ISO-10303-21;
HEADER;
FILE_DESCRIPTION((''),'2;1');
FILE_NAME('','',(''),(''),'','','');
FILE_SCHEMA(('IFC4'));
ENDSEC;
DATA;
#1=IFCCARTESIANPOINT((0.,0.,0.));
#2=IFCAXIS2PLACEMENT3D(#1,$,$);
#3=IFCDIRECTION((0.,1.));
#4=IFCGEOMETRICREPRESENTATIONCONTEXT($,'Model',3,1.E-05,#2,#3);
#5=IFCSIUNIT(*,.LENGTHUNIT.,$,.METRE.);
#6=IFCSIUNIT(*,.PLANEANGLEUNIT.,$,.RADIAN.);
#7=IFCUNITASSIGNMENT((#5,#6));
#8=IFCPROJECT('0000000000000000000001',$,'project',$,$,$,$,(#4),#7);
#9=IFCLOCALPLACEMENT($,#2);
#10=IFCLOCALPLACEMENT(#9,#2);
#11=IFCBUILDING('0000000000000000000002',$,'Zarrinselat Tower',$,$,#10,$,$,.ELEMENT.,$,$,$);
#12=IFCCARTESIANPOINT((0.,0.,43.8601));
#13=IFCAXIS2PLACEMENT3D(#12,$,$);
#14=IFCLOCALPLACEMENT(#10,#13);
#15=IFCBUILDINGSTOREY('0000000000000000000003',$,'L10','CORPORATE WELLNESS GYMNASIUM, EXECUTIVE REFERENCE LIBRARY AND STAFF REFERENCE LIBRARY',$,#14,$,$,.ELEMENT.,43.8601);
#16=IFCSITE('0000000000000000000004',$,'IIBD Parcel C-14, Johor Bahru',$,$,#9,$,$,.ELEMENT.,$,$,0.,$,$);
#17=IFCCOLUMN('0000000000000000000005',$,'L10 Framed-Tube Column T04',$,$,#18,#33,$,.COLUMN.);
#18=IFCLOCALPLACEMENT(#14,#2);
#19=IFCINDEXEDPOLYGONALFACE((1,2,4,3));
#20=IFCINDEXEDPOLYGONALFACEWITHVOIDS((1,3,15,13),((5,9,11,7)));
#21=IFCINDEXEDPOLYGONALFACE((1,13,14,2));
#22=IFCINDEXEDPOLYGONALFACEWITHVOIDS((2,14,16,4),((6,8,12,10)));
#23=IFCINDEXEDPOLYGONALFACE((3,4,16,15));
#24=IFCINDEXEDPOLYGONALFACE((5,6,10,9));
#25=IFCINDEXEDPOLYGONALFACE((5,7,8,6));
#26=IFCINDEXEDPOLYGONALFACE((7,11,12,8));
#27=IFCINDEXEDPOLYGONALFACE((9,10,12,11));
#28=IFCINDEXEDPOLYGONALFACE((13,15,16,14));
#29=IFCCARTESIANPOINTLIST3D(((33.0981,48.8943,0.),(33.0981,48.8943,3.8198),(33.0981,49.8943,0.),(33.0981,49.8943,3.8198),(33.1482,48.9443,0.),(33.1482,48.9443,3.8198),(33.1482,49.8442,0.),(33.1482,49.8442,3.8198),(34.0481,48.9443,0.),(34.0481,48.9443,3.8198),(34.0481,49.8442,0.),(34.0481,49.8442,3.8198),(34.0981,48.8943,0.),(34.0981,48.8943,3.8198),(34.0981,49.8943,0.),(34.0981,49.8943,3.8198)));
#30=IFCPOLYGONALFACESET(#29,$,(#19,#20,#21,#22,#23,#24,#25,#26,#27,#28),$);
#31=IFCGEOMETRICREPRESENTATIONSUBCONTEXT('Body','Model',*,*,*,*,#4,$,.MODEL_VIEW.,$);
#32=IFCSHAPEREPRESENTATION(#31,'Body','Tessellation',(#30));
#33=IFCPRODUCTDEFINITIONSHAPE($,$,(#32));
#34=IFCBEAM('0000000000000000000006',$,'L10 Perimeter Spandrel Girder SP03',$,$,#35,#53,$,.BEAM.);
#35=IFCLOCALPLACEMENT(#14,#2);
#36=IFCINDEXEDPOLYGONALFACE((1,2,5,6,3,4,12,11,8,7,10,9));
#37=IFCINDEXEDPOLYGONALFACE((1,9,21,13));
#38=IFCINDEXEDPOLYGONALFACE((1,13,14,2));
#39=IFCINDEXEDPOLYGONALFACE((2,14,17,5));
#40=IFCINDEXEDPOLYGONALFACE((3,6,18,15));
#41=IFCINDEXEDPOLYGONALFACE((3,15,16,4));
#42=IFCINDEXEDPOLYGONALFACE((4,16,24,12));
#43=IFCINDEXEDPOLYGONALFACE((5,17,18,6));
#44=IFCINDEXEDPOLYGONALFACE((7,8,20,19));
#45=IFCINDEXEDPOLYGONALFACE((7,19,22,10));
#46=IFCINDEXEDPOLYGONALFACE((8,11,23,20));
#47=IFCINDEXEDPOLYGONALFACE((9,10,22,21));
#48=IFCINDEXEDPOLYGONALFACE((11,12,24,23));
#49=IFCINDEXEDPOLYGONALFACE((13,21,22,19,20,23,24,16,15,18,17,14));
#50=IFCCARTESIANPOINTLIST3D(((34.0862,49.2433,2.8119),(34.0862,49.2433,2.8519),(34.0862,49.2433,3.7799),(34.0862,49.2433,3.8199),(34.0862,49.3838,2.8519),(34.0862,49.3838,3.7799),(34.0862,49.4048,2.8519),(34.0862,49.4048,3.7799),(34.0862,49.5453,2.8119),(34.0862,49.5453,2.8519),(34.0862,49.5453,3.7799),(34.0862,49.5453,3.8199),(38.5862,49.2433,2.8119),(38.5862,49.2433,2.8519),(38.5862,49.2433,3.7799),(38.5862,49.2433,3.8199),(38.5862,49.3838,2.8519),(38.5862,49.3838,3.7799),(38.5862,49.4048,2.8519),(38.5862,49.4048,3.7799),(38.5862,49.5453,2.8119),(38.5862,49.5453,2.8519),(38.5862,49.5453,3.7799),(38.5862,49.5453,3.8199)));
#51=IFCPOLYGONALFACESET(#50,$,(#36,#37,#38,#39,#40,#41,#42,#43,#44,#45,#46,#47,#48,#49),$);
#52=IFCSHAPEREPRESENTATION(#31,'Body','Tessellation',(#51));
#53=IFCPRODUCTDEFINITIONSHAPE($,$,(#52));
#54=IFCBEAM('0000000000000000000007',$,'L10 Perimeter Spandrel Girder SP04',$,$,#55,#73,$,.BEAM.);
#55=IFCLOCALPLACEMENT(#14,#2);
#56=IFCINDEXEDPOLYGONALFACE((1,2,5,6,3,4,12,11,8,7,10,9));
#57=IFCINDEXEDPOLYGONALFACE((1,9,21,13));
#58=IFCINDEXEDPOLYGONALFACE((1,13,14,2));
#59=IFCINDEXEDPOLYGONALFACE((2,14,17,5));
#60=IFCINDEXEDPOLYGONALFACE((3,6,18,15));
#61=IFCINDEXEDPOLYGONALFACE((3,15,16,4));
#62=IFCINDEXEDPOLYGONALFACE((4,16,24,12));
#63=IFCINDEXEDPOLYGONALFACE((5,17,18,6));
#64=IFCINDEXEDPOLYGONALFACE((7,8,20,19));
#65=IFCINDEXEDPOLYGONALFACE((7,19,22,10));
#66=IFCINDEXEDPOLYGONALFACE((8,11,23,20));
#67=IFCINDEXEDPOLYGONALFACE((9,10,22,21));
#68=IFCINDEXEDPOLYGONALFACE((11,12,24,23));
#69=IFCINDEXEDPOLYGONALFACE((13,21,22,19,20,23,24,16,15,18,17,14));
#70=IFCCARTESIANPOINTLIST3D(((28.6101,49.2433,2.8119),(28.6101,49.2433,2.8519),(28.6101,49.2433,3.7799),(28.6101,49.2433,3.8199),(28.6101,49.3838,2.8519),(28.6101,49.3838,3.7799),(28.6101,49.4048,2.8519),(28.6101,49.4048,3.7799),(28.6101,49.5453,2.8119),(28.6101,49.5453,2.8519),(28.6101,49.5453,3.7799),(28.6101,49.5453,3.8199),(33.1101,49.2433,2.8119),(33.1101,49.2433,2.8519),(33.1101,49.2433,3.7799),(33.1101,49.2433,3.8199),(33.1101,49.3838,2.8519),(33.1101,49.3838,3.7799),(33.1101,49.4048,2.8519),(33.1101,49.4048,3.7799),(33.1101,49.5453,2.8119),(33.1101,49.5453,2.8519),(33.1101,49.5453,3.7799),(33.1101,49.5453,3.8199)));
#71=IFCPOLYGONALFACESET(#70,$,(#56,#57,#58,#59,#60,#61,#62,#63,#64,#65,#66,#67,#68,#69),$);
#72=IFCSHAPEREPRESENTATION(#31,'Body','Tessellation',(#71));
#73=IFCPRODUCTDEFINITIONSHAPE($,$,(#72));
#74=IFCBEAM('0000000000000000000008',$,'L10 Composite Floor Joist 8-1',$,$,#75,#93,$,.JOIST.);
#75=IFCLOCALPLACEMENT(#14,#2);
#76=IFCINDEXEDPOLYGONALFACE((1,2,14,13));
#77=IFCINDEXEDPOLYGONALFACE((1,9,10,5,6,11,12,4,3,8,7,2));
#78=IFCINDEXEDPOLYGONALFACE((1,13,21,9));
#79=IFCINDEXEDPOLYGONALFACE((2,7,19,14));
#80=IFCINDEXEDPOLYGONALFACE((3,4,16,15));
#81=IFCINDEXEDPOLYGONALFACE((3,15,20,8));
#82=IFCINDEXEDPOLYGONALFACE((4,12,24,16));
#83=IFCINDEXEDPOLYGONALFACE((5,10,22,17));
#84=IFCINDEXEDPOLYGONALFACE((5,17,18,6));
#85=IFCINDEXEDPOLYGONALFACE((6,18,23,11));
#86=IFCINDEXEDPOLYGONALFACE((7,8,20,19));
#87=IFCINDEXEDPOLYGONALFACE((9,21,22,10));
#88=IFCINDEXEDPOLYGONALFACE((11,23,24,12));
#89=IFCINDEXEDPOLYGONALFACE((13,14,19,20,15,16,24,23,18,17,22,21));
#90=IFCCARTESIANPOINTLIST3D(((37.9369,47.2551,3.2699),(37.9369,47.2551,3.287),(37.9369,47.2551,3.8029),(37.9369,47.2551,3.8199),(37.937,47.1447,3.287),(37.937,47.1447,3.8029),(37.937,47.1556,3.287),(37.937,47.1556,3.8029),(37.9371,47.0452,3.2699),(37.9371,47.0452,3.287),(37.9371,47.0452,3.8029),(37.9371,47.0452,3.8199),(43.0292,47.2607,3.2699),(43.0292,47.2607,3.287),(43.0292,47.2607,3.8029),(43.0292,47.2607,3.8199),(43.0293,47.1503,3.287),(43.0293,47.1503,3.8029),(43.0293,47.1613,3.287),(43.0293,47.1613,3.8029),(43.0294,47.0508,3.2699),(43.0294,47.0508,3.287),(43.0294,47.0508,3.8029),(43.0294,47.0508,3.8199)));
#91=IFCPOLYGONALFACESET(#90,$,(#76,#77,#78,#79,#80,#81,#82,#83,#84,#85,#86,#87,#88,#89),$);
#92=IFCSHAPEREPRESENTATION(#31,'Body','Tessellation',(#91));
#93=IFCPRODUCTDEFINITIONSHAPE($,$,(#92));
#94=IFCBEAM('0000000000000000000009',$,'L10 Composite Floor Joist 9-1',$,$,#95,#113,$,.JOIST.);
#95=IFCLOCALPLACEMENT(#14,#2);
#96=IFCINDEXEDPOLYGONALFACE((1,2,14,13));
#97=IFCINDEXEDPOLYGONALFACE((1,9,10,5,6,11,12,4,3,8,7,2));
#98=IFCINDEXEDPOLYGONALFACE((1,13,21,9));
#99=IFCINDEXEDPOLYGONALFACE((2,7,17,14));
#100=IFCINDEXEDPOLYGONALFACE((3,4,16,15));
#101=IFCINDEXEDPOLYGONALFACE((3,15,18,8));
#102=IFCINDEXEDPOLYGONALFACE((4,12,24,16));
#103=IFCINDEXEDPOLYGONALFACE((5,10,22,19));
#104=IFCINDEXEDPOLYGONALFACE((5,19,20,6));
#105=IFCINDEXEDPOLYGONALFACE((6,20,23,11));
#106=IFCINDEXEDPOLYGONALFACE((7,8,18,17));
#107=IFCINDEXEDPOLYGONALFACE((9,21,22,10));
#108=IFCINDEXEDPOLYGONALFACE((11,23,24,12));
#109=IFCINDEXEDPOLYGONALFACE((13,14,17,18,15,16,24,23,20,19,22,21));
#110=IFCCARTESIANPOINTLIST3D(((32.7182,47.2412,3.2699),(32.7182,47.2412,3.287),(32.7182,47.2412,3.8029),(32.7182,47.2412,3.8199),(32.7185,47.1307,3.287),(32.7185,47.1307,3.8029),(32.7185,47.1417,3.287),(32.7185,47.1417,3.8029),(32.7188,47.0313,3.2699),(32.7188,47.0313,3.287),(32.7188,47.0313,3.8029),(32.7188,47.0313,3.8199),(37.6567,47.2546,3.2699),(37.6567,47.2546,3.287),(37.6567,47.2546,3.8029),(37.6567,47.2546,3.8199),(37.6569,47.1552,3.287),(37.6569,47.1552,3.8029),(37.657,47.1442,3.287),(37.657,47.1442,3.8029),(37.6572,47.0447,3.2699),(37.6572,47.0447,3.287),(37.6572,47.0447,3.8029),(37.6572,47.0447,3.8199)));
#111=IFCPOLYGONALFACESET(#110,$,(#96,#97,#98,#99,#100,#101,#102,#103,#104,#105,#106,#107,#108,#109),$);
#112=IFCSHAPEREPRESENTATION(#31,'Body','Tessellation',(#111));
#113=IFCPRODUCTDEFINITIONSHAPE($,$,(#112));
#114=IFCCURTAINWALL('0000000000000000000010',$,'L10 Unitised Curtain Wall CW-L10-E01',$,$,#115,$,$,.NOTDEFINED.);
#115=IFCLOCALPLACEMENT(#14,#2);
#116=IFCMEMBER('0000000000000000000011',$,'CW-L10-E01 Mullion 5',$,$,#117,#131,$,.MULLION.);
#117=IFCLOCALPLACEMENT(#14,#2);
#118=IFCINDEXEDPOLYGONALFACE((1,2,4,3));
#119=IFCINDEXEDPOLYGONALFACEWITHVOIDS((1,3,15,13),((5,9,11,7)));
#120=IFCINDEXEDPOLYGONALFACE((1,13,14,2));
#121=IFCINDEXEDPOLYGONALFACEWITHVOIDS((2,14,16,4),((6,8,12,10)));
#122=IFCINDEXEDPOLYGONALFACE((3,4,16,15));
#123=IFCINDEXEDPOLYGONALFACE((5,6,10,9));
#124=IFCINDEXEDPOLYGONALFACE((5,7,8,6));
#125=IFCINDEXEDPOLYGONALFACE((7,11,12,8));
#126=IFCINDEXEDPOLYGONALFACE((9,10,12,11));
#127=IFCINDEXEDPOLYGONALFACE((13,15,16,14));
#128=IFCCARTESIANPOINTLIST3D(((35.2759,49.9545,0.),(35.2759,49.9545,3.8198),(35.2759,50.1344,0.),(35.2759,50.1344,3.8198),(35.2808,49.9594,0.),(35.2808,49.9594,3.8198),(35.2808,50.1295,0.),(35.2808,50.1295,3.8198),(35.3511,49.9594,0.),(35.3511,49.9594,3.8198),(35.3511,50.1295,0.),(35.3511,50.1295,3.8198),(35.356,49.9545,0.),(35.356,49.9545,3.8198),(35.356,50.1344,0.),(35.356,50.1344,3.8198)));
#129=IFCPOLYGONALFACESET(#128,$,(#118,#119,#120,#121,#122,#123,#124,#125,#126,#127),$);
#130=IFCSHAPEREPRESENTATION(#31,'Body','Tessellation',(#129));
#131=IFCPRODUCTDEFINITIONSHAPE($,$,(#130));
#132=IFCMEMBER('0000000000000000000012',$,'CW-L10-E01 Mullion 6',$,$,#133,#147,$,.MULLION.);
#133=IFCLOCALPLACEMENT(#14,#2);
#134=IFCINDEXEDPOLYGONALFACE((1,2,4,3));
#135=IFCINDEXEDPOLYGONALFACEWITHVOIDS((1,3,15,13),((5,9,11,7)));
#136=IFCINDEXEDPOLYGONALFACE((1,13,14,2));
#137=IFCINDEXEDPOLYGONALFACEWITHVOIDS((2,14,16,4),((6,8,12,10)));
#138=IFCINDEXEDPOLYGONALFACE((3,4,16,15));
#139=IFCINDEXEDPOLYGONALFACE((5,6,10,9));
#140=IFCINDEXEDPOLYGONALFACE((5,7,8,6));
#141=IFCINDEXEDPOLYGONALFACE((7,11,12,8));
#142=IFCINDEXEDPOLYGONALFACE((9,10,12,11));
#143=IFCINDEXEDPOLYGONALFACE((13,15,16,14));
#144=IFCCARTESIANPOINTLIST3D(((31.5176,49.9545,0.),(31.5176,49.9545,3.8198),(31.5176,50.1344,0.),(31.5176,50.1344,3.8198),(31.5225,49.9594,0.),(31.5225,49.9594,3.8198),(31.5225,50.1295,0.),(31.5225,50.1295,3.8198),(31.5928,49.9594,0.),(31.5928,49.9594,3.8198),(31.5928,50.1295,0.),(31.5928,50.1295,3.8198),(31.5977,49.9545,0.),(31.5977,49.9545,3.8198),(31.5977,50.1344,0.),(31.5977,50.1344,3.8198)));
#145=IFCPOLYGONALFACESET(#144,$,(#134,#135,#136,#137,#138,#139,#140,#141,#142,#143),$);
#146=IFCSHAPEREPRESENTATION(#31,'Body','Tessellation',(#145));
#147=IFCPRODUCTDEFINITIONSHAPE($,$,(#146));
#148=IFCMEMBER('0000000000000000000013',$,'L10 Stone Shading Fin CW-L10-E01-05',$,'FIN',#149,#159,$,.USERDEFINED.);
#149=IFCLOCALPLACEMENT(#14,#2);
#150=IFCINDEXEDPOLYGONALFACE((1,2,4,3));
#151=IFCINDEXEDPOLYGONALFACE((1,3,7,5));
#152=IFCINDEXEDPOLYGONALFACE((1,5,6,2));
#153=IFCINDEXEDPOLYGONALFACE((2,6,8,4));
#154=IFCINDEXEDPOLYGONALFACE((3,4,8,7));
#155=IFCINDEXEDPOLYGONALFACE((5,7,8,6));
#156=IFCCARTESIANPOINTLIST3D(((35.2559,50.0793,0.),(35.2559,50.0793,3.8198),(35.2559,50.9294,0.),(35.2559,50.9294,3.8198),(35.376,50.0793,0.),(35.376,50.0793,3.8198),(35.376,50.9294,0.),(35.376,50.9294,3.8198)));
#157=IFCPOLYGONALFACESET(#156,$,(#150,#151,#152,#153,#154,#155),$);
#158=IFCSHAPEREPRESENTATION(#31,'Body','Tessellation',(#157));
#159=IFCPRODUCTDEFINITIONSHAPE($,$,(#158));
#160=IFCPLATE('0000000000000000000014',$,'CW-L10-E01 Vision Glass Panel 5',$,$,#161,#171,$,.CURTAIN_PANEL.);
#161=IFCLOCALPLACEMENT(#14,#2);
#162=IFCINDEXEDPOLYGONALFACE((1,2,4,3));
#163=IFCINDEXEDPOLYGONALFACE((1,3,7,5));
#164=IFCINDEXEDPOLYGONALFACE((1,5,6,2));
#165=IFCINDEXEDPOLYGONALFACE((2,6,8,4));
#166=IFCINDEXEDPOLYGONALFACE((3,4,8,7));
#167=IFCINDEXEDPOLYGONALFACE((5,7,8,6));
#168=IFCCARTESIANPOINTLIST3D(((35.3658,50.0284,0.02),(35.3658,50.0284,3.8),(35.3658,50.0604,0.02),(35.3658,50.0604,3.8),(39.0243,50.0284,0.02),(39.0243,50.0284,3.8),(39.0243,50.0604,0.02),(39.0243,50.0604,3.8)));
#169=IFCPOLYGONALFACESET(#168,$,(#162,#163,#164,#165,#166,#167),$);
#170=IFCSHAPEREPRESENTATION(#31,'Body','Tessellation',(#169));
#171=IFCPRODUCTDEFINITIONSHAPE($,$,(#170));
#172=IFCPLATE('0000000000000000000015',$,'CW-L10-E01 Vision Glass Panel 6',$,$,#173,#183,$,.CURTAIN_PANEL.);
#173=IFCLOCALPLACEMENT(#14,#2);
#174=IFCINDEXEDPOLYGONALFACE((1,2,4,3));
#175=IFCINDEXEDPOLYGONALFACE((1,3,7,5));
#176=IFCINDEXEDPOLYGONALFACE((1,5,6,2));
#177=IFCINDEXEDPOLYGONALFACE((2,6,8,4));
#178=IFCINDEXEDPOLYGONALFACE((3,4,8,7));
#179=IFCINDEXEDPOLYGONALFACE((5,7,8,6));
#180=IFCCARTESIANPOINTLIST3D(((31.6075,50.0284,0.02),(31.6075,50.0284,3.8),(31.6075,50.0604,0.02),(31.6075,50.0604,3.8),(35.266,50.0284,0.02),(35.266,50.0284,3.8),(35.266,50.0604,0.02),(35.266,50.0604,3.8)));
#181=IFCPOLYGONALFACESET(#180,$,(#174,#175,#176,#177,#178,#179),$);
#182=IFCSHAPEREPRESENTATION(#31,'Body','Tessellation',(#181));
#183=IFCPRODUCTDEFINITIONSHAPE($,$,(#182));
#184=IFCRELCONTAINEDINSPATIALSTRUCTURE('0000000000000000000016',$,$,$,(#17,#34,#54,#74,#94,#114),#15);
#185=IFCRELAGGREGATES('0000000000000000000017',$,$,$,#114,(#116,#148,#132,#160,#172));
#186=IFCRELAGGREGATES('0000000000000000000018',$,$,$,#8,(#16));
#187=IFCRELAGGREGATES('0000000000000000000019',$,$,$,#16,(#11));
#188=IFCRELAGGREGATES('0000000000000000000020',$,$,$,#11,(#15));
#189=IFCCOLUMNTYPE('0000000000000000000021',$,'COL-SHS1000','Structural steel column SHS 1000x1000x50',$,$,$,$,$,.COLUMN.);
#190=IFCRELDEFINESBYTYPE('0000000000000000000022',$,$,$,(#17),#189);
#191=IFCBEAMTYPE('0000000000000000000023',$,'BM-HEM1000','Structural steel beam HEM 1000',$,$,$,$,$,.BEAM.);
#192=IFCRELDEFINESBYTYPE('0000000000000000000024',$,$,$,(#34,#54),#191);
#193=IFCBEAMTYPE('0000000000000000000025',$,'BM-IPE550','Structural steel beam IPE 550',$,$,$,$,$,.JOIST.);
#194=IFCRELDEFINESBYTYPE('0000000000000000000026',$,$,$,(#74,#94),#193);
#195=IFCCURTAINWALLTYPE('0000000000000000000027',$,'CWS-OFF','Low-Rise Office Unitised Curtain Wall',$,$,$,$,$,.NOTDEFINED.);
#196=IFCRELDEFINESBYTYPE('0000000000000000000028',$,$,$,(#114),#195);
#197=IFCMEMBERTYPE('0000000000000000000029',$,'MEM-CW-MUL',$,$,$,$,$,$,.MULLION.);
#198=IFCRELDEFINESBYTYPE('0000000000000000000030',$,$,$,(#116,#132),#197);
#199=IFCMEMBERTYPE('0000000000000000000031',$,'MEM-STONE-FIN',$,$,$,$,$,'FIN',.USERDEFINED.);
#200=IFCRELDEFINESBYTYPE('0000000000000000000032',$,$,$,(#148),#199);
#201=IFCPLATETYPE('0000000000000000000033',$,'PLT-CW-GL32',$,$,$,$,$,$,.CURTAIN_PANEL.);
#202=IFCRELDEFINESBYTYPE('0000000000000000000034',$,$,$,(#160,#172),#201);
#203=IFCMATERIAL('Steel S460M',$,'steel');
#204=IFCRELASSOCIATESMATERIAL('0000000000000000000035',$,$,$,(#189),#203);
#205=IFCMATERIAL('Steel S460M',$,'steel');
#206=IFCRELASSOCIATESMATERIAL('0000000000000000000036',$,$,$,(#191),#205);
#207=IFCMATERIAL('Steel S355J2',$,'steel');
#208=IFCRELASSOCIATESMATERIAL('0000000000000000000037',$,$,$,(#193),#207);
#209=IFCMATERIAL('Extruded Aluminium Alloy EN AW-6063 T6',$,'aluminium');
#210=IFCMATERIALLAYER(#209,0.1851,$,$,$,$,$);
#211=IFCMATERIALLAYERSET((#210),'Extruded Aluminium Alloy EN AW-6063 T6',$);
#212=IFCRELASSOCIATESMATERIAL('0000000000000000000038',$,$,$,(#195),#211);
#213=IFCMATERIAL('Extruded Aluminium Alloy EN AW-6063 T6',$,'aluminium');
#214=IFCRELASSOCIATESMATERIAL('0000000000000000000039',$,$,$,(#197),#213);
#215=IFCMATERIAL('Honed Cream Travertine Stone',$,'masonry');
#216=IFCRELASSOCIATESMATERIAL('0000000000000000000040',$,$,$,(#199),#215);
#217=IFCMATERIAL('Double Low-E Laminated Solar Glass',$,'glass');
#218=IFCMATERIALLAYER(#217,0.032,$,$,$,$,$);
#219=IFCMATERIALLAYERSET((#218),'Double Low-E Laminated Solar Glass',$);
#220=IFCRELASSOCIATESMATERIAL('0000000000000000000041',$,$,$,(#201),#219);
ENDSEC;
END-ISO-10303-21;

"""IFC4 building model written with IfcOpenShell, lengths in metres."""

from ifc_helpers import new_model, si_unit, direction, frame, origin, origin_2d, place, context, subcontext, project, spatial, rectangle, hollow_rectangle, i_section, extrude, material, layer, layer_set, material_profile, profile_set, type_object, element, aggregate, save


model = new_model("IFC4")

# Units and contexts
model_context = context("Model", 3, precision=1e-05, world=origin(), true_north=direction((0.0, 1.0)))
body_context = subcontext(model_context, "Body", "Model", "MODEL_VIEW")
ifc_project = project(units=[si_unit("LENGTHUNIT", "METRE"), si_unit("PLANEANGLEUNIT", "RADIAN")], contexts=[model_context])

# Site, building, storey
site_placement = place(None, origin())
site = spatial("IfcSite", under=ifc_project, at=site_placement, Name="IIBD Parcel C-14, Johor Bahru", CompositionType="ELEMENT", RefElevation=0.0)
building_placement = place(site_placement, origin())
building = spatial("IfcBuilding", under=site, at=building_placement, Name="Zarrinselat Tower", CompositionType="ELEMENT")
storey_placement = place(building_placement, frame((0.0, 0.0, 43.8601)))
storey = spatial("IfcBuildingStorey", under=building, at=storey_placement, Name="L10", Description="CORPORATE WELLNESS GYMNASIUM, EXECUTIVE REFERENCE LIBRARY AND STAFF REFERENCE LIBRARY", CompositionType="ELEMENT", Elevation=43.8601)

# Column
ifc_material_1 = material(Name="Steel S460M", Category="steel")
ifc_material_profile_1 = material_profile(ifc_material_1, hollow_rectangle(XDim=1.0, YDim=1.0, WallThickness=0.05, at=origin_2d()), Name="SHS 1000x1000x50")
ifc_profile_set_1 = profile_set([ifc_material_profile_1], Name="Steel S460M")
column_type = type_object("IfcColumnType", Name="COL-SHS1000", Description="Structural steel column SHS 1000x1000x50", PredefinedType="COLUMN", material=ifc_profile_set_1)
column_placement = place(storey_placement, frame((33.5981, 49.3943, 0.0), z_axis=(0.0, 0.0, 1.0), x_axis=(1.0, 0.0, 0.0)))
element("IfcColumn", 1, at=column_placement, inside=storey, type_object=column_type, Name="L10 Framed-Tube Column T04", PredefinedType="COLUMN", context=body_context, shape_type="SweptSolid", body=[
    extrude(hollow_rectangle(XDim=1.0, YDim=1.0, WallThickness=0.05, at=origin_2d()), origin(), (0.0, 0.0, 1.0), 3.8198),
])

# Beams
ifc_material_2 = material(Name="Steel S460M", Category="steel")
ifc_material_profile_2 = material_profile(ifc_material_2, i_section(OverallWidth=0.302, OverallDepth=1.0081, WebThickness=0.021, FlangeThickness=0.04, at=origin_2d()), Name="HEM 1000")
ifc_profile_set_2 = profile_set([ifc_material_profile_2], Name="Steel S460M")
beam_type_1 = type_object("IfcBeamType", Name="BM-HEM1000", Description="Structural steel beam HEM 1000", PredefinedType="BEAM", material=ifc_profile_set_2)
for number, where, z_axis, x_axis, name in (
    (2, (34.0862, 49.3943, 3.3159), (1.0, 0.0, 0.0), (0.0, 1.0, 0.0), "L10 Perimeter Spandrel Girder SP03"),
    (3, (28.6101, 49.3943, 3.3159), (1.0, 0.0, 0.0), (0.0, 1.0, 0.0), "L10 Perimeter Spandrel Girder SP04"),
):
    element("IfcBeam", number, at=place(storey_placement, frame(where, z_axis=z_axis, x_axis=x_axis)), inside=storey, type_object=beam_type_1, Name=name, PredefinedType="BEAM", context=body_context, shape_type="SweptSolid", body=[
        extrude(i_section(OverallWidth=0.302, OverallDepth=1.0081, WebThickness=0.021, FlangeThickness=0.04, at=origin_2d()), origin(), (0.0, 0.0, 1.0), 4.5),
    ])
ifc_material_3 = material(Name="Steel S355J2", Category="steel")
ifc_material_profile_3 = material_profile(ifc_material_3, i_section(OverallWidth=0.21, OverallDepth=0.55, WebThickness=0.011, FlangeThickness=0.0171, at=origin_2d()), Name="IPE 550")
ifc_profile_set_3 = profile_set([ifc_material_profile_3], Name="Steel S355J2")
beam_type_2 = type_object("IfcBeamType", Name="BM-IPE550", Description="Structural steel beam IPE 550", PredefinedType="JOIST", material=ifc_profile_set_3)
beam_1_placement = place(storey_placement, frame((37.937, 47.1501, 3.5449), z_axis=(0.999999, 0.001103, 0.0), x_axis=(-0.001103, 0.999999, 0.0)))
element("IfcBeam", 4, at=beam_1_placement, inside=storey, type_object=beam_type_2, Name="L10 Composite Floor Joist 8-1", PredefinedType="JOIST", context=body_context, shape_type="SweptSolid", body=[
    extrude(i_section(OverallWidth=0.21, OverallDepth=0.55, WebThickness=0.011, FlangeThickness=0.0171, at=origin_2d()), origin(), (0.0, 0.0, 1.0), 5.0923),
])
beam_2_placement = place(storey_placement, frame((32.7185, 47.1362, 3.5449), z_axis=(0.999996, 0.002719, 0.0), x_axis=(-0.002719, 0.999996, 0.0)))
element("IfcBeam", 5, at=beam_2_placement, inside=storey, type_object=beam_type_2, Name="L10 Composite Floor Joist 9-1", PredefinedType="JOIST", context=body_context, shape_type="SweptSolid", body=[
    extrude(i_section(OverallWidth=0.21, OverallDepth=0.55, WebThickness=0.011, FlangeThickness=0.0171, at=origin_2d()), origin(), (0.0, 0.0, 1.0), 4.9385),
])

# Curtain wall, members, plates
ifc_material_4 = material(Name="Extruded Aluminium Alloy EN AW-6063 T6", Category="aluminium")
ifc_layer_1 = layer(ifc_material_4, 0.1851)
ifc_layer_set_1 = layer_set([ifc_layer_1], Name="Extruded Aluminium Alloy EN AW-6063 T6")
curtain_wall_type = type_object("IfcCurtainWallType", Name="CWS-OFF", Description="Low-Rise Office Unitised Curtain Wall", PredefinedType="NOTDEFINED", material=ifc_layer_set_1)
curtain_wall_placement = place(storey_placement, origin())
curtain_wall = element("IfcCurtainWall", 6, at=curtain_wall_placement, inside=storey, type_object=curtain_wall_type, Name="L10 Unitised Curtain Wall CW-L10-E01", PredefinedType="NOTDEFINED")
ifc_material_5 = material(Name="Extruded Aluminium Alloy EN AW-6063 T6", Category="aluminium")
ifc_material_profile_4 = material_profile(ifc_material_5, hollow_rectangle(XDim=0.0801, YDim=0.1799, WallThickness=0.0049, at=origin_2d()), Name="RHS 180x80x5")
ifc_profile_set_4 = profile_set([ifc_material_profile_4], Name="Extruded Aluminium Alloy EN AW-6063 T6")
member_type_1 = type_object("IfcMemberType", Name="MEM-CW-MUL", PredefinedType="MULLION", material=ifc_profile_set_4)
member_1_placement = place(storey_placement, frame((35.3159, 50.0444, 0.0), z_axis=(0.0, 0.0, 1.0), x_axis=(-1.0, 0.0, 0.0)))
member_1 = element("IfcMember", 7, at=member_1_placement, type_object=member_type_1, Name="CW-L10-E01 Mullion 5", PredefinedType="MULLION", context=body_context, shape_type="SweptSolid", body=[
    extrude(hollow_rectangle(XDim=0.0801, YDim=0.1799, WallThickness=0.0049, at=origin_2d()), origin(), (0.0, 0.0, 1.0), 3.8198),
])
member_2_placement = place(storey_placement, frame((31.5576, 50.0444, 0.0), z_axis=(0.0, 0.0, 1.0), x_axis=(-1.0, 0.0, 0.0)))
member_2 = element("IfcMember", 8, at=member_2_placement, type_object=member_type_1, Name="CW-L10-E01 Mullion 6", PredefinedType="MULLION", context=body_context, shape_type="SweptSolid", body=[
    extrude(hollow_rectangle(XDim=0.0801, YDim=0.1799, WallThickness=0.0049, at=origin_2d()), origin(), (0.0, 0.0, 1.0), 3.8198),
])
ifc_material_6 = material(Name="Honed Cream Travertine Stone", Category="masonry")
ifc_material_profile_5 = material_profile(ifc_material_6, rectangle(XDim=0.1201, YDim=0.8501, at=origin_2d()), Name="FIN 850x120")
ifc_profile_set_5 = profile_set([ifc_material_profile_5], Name="Honed Cream Travertine Stone")
member_type_2 = type_object("IfcMemberType", Name="MEM-STONE-FIN", ElementType="FIN", PredefinedType="USERDEFINED", material=ifc_profile_set_5)
member_3_placement = place(storey_placement, frame((35.3159, 50.5044, 0.0), z_axis=(0.0, 0.0, 1.0), x_axis=(1.0, 0.0, 0.0)))
member_3 = element("IfcMember", 9, at=member_3_placement, type_object=member_type_2, Name="L10 Stone Shading Fin CW-L10-E01-05", ObjectType="FIN", PredefinedType="USERDEFINED", context=body_context, shape_type="SweptSolid", body=[
    extrude(rectangle(XDim=0.1201, YDim=0.8501, at=origin_2d()), origin(), (0.0, 0.0, 1.0), 3.8198),
])
ifc_material_7 = material(Name="Double Low-E Laminated Solar Glass", Category="glass")
ifc_layer_2 = layer(ifc_material_7, 0.032)
ifc_layer_set_2 = layer_set([ifc_layer_2], Name="Double Low-E Laminated Solar Glass")
plate_type = type_object("IfcPlateType", Name="PLT-CW-GL32", PredefinedType="CURTAIN_PANEL", material=ifc_layer_set_2)
plate_1_placement = place(storey_placement, frame((37.1951, 50.0444, 0.02), z_axis=(0.0, 0.0, 1.0), x_axis=(-1.0, 0.0, 0.0)))
plate_1 = element("IfcPlate", 10, at=plate_1_placement, type_object=plate_type, Name="CW-L10-E01 Vision Glass Panel 5", PredefinedType="CURTAIN_PANEL", context=body_context, shape_type="SweptSolid", body=[
    extrude(rectangle(XDim=3.6584, YDim=0.032, at=origin_2d()), origin(), (0.0, 0.0, 1.0), 3.78),
])
plate_2_placement = place(storey_placement, frame((33.4368, 50.0444, 0.02), z_axis=(0.0, 0.0, 1.0), x_axis=(-1.0, 0.0, 0.0)))
plate_2 = element("IfcPlate", 11, at=plate_2_placement, type_object=plate_type, Name="CW-L10-E01 Vision Glass Panel 6", PredefinedType="CURTAIN_PANEL", context=body_context, shape_type="SweptSolid", body=[
    extrude(rectangle(XDim=3.6584, YDim=0.032, at=origin_2d()), origin(), (0.0, 0.0, 1.0), 3.78),
])
aggregate(curtain_wall, [member_1, member_3, member_2, plate_1, plate_2])

save(model, "model.ifc")
